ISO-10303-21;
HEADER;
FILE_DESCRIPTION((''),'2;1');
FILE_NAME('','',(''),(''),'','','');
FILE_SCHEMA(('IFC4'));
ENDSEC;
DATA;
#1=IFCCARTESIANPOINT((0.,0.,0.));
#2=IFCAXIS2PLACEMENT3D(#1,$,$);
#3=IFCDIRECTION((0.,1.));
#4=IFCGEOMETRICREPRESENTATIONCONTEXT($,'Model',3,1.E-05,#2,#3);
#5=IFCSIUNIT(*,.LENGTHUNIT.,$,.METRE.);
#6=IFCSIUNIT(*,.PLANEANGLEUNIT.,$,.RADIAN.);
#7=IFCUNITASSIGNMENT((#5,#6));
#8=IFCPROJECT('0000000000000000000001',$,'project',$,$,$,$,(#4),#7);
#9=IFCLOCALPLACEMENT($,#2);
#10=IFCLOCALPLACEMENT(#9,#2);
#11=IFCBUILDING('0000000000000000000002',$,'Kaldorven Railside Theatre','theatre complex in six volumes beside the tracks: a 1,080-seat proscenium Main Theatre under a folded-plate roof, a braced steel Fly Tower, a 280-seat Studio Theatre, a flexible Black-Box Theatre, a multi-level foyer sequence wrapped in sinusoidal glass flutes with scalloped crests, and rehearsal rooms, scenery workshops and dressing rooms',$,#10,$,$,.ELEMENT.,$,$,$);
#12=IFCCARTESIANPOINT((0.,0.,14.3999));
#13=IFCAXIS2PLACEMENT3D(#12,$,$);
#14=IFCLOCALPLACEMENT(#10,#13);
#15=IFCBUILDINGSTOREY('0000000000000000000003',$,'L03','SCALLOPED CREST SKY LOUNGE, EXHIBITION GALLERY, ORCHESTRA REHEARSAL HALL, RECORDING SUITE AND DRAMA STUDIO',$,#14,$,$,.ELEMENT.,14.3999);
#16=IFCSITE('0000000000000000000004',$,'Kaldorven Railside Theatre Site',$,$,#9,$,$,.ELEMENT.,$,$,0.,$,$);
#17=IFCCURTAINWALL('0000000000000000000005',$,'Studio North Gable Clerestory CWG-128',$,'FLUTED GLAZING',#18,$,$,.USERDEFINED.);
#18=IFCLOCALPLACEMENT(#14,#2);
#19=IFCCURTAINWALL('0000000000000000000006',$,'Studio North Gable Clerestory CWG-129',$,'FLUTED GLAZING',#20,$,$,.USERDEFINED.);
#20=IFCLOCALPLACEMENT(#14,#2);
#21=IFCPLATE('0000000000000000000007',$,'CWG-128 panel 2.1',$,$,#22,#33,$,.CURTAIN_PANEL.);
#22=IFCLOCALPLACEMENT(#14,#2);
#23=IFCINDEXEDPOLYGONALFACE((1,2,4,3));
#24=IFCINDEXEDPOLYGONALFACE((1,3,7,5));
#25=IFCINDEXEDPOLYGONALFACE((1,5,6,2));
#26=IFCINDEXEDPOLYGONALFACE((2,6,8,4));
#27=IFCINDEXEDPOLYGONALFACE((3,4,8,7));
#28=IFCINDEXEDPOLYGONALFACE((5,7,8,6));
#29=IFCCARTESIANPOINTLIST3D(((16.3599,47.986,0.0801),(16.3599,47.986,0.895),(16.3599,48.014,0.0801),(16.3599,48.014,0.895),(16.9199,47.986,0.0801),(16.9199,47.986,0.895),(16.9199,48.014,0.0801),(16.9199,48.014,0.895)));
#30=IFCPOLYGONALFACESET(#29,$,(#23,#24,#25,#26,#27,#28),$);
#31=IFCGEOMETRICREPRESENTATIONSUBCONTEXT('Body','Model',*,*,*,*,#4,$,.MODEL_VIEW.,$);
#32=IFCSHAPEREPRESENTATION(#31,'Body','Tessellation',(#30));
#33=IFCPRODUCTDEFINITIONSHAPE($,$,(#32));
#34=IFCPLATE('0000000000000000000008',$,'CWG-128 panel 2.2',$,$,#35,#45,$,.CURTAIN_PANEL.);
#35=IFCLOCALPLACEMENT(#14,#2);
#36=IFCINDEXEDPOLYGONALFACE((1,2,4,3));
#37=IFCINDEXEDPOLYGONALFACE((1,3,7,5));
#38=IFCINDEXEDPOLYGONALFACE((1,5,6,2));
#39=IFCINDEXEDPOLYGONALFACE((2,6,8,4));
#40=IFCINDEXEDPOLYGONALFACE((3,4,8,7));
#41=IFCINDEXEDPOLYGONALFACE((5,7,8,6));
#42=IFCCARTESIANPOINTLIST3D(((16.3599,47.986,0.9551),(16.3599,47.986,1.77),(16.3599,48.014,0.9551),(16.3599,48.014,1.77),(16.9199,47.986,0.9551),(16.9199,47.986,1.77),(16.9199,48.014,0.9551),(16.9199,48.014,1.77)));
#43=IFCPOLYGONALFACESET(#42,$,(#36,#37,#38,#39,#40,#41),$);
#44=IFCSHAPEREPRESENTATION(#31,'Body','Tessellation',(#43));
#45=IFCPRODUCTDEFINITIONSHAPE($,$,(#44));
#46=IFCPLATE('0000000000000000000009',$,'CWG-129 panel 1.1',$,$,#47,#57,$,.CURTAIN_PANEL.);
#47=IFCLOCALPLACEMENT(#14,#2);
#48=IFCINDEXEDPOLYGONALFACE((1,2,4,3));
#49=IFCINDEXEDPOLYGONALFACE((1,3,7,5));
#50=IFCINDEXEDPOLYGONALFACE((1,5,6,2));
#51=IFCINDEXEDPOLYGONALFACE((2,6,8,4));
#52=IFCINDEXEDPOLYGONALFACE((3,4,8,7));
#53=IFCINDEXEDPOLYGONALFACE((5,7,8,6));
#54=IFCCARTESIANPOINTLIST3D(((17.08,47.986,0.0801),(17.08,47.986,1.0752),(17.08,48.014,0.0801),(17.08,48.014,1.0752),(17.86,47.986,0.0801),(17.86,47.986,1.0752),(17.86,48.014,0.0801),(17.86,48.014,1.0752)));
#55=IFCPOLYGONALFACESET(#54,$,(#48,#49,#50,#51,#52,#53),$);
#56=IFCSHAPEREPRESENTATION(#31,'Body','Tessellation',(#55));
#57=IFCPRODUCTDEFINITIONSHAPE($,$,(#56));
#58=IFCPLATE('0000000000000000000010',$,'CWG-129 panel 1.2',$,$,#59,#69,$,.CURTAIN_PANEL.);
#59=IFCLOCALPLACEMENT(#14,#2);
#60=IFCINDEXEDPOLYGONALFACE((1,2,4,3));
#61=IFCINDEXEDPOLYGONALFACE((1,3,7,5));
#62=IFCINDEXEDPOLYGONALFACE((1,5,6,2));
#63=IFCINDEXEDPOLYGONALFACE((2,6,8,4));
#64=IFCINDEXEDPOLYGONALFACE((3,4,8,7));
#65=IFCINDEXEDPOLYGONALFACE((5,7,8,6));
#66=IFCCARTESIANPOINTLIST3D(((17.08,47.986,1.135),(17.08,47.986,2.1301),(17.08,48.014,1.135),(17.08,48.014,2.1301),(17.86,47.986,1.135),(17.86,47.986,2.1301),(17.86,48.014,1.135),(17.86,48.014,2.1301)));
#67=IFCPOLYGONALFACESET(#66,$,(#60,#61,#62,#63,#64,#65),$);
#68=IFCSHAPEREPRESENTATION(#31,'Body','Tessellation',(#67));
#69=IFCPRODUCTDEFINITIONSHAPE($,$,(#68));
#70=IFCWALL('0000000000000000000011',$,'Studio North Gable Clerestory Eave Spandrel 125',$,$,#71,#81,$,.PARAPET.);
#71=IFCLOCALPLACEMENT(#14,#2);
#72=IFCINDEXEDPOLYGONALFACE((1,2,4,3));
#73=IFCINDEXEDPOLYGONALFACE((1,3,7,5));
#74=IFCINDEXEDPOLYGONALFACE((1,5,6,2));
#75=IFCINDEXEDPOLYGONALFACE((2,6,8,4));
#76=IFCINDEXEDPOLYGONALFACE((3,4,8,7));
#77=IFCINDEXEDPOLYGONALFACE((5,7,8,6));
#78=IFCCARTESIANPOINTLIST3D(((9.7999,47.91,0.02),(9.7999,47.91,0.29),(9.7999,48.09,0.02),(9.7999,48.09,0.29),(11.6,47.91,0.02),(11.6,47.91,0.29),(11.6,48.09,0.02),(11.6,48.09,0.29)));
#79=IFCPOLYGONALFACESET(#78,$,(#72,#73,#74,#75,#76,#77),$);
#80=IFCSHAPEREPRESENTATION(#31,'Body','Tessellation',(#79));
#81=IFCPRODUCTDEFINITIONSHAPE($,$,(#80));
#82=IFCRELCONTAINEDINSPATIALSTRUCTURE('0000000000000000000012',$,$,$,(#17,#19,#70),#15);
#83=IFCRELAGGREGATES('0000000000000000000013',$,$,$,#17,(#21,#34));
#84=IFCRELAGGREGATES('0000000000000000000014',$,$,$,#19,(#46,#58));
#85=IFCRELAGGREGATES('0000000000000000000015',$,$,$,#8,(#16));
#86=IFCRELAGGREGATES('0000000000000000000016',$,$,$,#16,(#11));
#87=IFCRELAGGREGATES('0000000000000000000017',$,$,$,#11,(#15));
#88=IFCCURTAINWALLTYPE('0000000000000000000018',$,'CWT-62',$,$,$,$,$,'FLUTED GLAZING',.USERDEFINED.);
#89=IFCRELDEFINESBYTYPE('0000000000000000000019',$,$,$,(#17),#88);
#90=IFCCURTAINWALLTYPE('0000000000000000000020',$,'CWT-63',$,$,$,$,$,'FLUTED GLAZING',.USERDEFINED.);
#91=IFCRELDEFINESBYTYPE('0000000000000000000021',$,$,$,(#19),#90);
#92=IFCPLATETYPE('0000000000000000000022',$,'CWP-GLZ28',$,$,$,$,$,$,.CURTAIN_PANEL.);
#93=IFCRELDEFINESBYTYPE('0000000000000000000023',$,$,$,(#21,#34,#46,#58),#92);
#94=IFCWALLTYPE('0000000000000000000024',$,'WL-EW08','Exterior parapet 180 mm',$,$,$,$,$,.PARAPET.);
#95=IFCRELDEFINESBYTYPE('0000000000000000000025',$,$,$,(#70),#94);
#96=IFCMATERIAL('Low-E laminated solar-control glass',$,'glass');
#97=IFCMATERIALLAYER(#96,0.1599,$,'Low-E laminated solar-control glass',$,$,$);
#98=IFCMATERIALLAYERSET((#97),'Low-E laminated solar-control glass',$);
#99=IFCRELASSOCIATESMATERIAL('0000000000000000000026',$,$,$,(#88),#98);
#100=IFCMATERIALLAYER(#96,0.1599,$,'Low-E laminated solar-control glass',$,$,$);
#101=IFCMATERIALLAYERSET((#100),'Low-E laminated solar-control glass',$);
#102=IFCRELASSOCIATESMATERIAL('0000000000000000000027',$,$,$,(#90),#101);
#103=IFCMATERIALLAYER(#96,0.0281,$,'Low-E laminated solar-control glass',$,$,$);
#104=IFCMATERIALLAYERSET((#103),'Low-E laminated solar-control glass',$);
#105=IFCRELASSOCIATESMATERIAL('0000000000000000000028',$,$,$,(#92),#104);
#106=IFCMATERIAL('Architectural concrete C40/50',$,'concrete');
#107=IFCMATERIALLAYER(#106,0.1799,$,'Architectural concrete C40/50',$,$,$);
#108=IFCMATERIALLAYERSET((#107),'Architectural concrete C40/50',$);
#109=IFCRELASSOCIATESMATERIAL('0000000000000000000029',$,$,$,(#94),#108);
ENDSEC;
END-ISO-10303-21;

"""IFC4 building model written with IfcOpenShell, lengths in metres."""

from ifc_helpers import new_model, si_unit, direction, frame, frame_2d, origin, origin_2d, place, context, subcontext, project, spatial, rectangle, extrude, material, layer, layer_set, type_object, element, aggregate, save


model = new_model("IFC4")

# Units and contexts
model_context = context("Model", 3, precision=1e-05, world=origin(), true_north=direction((0.0, 1.0)))
body_context = subcontext(model_context, "Body", "Model", "MODEL_VIEW")
ifc_project = project(units=[si_unit("LENGTHUNIT", "METRE"), si_unit("PLANEANGLEUNIT", "RADIAN")], contexts=[model_context])

# Site, building, storey
site_placement = place(None, origin())
site = spatial("IfcSite", under=ifc_project, at=site_placement, Name="Kaldorven Railside Theatre Site", CompositionType="ELEMENT", RefElevation=0.0)
building_placement = place(site_placement, origin())
building = spatial("IfcBuilding", under=site, at=building_placement, Name="Kaldorven Railside Theatre", Description="theatre complex in six volumes beside the tracks: a 1,080-seat proscenium Main Theatre under a folded-plate roof, a braced steel Fly Tower, a 280-seat Studio Theatre, a flexible Black-Box Theatre, a multi-level foyer sequence wrapped in sinusoidal glass flutes with scalloped crests, and rehearsal rooms, scenery workshops and dressing rooms", CompositionType="ELEMENT")
storey_placement = place(building_placement, frame((0.0, 0.0, 14.3999)))
storey = spatial("IfcBuildingStorey", under=building, at=storey_placement, Name="L03", Description="SCALLOPED CREST SKY LOUNGE, EXHIBITION GALLERY, ORCHESTRA REHEARSAL HALL, RECORDING SUITE AND DRAMA STUDIO", CompositionType="ELEMENT", Elevation=14.3999)

# Curtain wall
ifc_material_1 = material(Name="Low-E laminated solar-control glass", Category="glass")
ifc_layer_1 = layer(ifc_material_1, 0.1599, Name="Low-E laminated solar-control glass")
ifc_layer_set_1 = layer_set([ifc_layer_1], Name="Low-E laminated solar-control glass")
curtain_wall_type_1 = type_object("IfcCurtainWallType", Name="CWT-62", ElementType="FLUTED GLAZING", PredefinedType="USERDEFINED", material=ifc_layer_set_1)
curtain_wall_1_placement = place(storey_placement, origin())
curtain_wall_1 = element("IfcCurtainWall", 1, at=curtain_wall_1_placement, inside=storey, type_object=curtain_wall_type_1, Name="Studio North Gable Clerestory CWG-128", ObjectType="FLUTED GLAZING", PredefinedType="USERDEFINED")

# Curtain wall
ifc_layer_2 = layer(ifc_material_1, 0.1599, Name="Low-E laminated solar-control glass")
ifc_layer_set_2 = layer_set([ifc_layer_2], Name="Low-E laminated solar-control glass")
curtain_wall_type_2 = type_object("IfcCurtainWallType", Name="CWT-63", ElementType="FLUTED GLAZING", PredefinedType="USERDEFINED", material=ifc_layer_set_2)
curtain_wall_2_placement = place(storey_placement, origin())
curtain_wall_2 = element("IfcCurtainWall", 2, at=curtain_wall_2_placement, inside=storey, type_object=curtain_wall_type_2, Name="Studio North Gable Clerestory CWG-129", ObjectType="FLUTED GLAZING", PredefinedType="USERDEFINED")

# Plates
ifc_layer_3 = layer(ifc_material_1, 0.0281, Name="Low-E laminated solar-control glass")
ifc_layer_set_3 = layer_set([ifc_layer_3], Name="Low-E laminated solar-control glass")
plate_type = type_object("IfcPlateType", Name="CWP-GLZ28", PredefinedType="CURTAIN_PANEL", material=ifc_layer_set_3)
plate_1_placement = place(storey_placement, frame((16.6399, 48.0, 0.0801), z_axis=(0.0, 0.0, 1.0), x_axis=(1.0, 0.0, 0.0)))
plate_1 = element("IfcPlate", 3, at=plate_1_placement, type_object=plate_type, Name="CWG-128 panel 2.1", PredefinedType="CURTAIN_PANEL", context=body_context, shape_type="SweptSolid", body=[
    extrude(rectangle(XDim=0.5601, YDim=0.0281, at=origin_2d()), origin(), (0.0, 0.0, 1.0), 0.8149),
])
plate_2_placement = place(storey_placement, frame((16.6399, 48.0, 0.9551), z_axis=(0.0, 0.0, 1.0), x_axis=(1.0, 0.0, 0.0)))
plate_2 = element("IfcPlate", 4, at=plate_2_placement, type_object=plate_type, Name="CWG-128 panel 2.2", PredefinedType="CURTAIN_PANEL", context=body_context, shape_type="SweptSolid", body=[
    extrude(rectangle(XDim=0.5601, YDim=0.0281, at=origin_2d()), origin(), (0.0, 0.0, 1.0), 0.8149),
])
aggregate(curtain_wall_1, [plate_1, plate_2])
plate_3_placement = place(storey_placement, frame((17.47, 48.0, 0.0801), z_axis=(0.0, 0.0, 1.0), x_axis=(1.0, 0.0, 0.0)))
plate_3 = element("IfcPlate", 5, at=plate_3_placement, type_object=plate_type, Name="CWG-129 panel 1.1", PredefinedType="CURTAIN_PANEL", context=body_context, shape_type="SweptSolid", body=[
    extrude(rectangle(XDim=0.78, YDim=0.0281, at=origin_2d()), origin(), (0.0, 0.0, 1.0), 0.9951),
])
plate_4_placement = place(storey_placement, frame((17.47, 48.0, 1.135), z_axis=(0.0, 0.0, 1.0), x_axis=(1.0, 0.0, 0.0)))
plate_4 = element("IfcPlate", 6, at=plate_4_placement, type_object=plate_type, Name="CWG-129 panel 1.2", PredefinedType="CURTAIN_PANEL", context=body_context, shape_type="SweptSolid", body=[
    extrude(rectangle(XDim=0.78, YDim=0.0281, at=origin_2d()), origin(), (0.0, 0.0, 1.0), 0.9951),
])
aggregate(curtain_wall_2, [plate_3, plate_4])

# Wall
ifc_material_2 = material(Name="Architectural concrete C40/50", Category="concrete")
ifc_layer_4 = layer(ifc_material_2, 0.1799, Name="Architectural concrete C40/50")
ifc_layer_set_4 = layer_set([ifc_layer_4], Name="Architectural concrete C40/50")
wall_type = type_object("IfcWallType", Name="WL-EW08", Description="Exterior parapet 180 mm", PredefinedType="PARAPET", material=ifc_layer_set_4)
wall_placement = place(storey_placement, frame((9.8, 48.0, 0.02), z_axis=(0.0, 0.0, 1.0), x_axis=(1.0, 0.0, 0.0)))
element("IfcWall", 7, at=wall_placement, inside=storey, type_object=wall_type, Name="Studio North Gable Clerestory Eave Spandrel 125", PredefinedType="PARAPET", context=body_context, shape_type="SweptSolid", body=[
    extrude(rectangle(XDim=1.8, YDim=0.1799, at=frame_2d((0.8999, 0.0))), origin(), (0.0, 0.0, 1.0), 0.27),
])

save(model, "model.ifc")
